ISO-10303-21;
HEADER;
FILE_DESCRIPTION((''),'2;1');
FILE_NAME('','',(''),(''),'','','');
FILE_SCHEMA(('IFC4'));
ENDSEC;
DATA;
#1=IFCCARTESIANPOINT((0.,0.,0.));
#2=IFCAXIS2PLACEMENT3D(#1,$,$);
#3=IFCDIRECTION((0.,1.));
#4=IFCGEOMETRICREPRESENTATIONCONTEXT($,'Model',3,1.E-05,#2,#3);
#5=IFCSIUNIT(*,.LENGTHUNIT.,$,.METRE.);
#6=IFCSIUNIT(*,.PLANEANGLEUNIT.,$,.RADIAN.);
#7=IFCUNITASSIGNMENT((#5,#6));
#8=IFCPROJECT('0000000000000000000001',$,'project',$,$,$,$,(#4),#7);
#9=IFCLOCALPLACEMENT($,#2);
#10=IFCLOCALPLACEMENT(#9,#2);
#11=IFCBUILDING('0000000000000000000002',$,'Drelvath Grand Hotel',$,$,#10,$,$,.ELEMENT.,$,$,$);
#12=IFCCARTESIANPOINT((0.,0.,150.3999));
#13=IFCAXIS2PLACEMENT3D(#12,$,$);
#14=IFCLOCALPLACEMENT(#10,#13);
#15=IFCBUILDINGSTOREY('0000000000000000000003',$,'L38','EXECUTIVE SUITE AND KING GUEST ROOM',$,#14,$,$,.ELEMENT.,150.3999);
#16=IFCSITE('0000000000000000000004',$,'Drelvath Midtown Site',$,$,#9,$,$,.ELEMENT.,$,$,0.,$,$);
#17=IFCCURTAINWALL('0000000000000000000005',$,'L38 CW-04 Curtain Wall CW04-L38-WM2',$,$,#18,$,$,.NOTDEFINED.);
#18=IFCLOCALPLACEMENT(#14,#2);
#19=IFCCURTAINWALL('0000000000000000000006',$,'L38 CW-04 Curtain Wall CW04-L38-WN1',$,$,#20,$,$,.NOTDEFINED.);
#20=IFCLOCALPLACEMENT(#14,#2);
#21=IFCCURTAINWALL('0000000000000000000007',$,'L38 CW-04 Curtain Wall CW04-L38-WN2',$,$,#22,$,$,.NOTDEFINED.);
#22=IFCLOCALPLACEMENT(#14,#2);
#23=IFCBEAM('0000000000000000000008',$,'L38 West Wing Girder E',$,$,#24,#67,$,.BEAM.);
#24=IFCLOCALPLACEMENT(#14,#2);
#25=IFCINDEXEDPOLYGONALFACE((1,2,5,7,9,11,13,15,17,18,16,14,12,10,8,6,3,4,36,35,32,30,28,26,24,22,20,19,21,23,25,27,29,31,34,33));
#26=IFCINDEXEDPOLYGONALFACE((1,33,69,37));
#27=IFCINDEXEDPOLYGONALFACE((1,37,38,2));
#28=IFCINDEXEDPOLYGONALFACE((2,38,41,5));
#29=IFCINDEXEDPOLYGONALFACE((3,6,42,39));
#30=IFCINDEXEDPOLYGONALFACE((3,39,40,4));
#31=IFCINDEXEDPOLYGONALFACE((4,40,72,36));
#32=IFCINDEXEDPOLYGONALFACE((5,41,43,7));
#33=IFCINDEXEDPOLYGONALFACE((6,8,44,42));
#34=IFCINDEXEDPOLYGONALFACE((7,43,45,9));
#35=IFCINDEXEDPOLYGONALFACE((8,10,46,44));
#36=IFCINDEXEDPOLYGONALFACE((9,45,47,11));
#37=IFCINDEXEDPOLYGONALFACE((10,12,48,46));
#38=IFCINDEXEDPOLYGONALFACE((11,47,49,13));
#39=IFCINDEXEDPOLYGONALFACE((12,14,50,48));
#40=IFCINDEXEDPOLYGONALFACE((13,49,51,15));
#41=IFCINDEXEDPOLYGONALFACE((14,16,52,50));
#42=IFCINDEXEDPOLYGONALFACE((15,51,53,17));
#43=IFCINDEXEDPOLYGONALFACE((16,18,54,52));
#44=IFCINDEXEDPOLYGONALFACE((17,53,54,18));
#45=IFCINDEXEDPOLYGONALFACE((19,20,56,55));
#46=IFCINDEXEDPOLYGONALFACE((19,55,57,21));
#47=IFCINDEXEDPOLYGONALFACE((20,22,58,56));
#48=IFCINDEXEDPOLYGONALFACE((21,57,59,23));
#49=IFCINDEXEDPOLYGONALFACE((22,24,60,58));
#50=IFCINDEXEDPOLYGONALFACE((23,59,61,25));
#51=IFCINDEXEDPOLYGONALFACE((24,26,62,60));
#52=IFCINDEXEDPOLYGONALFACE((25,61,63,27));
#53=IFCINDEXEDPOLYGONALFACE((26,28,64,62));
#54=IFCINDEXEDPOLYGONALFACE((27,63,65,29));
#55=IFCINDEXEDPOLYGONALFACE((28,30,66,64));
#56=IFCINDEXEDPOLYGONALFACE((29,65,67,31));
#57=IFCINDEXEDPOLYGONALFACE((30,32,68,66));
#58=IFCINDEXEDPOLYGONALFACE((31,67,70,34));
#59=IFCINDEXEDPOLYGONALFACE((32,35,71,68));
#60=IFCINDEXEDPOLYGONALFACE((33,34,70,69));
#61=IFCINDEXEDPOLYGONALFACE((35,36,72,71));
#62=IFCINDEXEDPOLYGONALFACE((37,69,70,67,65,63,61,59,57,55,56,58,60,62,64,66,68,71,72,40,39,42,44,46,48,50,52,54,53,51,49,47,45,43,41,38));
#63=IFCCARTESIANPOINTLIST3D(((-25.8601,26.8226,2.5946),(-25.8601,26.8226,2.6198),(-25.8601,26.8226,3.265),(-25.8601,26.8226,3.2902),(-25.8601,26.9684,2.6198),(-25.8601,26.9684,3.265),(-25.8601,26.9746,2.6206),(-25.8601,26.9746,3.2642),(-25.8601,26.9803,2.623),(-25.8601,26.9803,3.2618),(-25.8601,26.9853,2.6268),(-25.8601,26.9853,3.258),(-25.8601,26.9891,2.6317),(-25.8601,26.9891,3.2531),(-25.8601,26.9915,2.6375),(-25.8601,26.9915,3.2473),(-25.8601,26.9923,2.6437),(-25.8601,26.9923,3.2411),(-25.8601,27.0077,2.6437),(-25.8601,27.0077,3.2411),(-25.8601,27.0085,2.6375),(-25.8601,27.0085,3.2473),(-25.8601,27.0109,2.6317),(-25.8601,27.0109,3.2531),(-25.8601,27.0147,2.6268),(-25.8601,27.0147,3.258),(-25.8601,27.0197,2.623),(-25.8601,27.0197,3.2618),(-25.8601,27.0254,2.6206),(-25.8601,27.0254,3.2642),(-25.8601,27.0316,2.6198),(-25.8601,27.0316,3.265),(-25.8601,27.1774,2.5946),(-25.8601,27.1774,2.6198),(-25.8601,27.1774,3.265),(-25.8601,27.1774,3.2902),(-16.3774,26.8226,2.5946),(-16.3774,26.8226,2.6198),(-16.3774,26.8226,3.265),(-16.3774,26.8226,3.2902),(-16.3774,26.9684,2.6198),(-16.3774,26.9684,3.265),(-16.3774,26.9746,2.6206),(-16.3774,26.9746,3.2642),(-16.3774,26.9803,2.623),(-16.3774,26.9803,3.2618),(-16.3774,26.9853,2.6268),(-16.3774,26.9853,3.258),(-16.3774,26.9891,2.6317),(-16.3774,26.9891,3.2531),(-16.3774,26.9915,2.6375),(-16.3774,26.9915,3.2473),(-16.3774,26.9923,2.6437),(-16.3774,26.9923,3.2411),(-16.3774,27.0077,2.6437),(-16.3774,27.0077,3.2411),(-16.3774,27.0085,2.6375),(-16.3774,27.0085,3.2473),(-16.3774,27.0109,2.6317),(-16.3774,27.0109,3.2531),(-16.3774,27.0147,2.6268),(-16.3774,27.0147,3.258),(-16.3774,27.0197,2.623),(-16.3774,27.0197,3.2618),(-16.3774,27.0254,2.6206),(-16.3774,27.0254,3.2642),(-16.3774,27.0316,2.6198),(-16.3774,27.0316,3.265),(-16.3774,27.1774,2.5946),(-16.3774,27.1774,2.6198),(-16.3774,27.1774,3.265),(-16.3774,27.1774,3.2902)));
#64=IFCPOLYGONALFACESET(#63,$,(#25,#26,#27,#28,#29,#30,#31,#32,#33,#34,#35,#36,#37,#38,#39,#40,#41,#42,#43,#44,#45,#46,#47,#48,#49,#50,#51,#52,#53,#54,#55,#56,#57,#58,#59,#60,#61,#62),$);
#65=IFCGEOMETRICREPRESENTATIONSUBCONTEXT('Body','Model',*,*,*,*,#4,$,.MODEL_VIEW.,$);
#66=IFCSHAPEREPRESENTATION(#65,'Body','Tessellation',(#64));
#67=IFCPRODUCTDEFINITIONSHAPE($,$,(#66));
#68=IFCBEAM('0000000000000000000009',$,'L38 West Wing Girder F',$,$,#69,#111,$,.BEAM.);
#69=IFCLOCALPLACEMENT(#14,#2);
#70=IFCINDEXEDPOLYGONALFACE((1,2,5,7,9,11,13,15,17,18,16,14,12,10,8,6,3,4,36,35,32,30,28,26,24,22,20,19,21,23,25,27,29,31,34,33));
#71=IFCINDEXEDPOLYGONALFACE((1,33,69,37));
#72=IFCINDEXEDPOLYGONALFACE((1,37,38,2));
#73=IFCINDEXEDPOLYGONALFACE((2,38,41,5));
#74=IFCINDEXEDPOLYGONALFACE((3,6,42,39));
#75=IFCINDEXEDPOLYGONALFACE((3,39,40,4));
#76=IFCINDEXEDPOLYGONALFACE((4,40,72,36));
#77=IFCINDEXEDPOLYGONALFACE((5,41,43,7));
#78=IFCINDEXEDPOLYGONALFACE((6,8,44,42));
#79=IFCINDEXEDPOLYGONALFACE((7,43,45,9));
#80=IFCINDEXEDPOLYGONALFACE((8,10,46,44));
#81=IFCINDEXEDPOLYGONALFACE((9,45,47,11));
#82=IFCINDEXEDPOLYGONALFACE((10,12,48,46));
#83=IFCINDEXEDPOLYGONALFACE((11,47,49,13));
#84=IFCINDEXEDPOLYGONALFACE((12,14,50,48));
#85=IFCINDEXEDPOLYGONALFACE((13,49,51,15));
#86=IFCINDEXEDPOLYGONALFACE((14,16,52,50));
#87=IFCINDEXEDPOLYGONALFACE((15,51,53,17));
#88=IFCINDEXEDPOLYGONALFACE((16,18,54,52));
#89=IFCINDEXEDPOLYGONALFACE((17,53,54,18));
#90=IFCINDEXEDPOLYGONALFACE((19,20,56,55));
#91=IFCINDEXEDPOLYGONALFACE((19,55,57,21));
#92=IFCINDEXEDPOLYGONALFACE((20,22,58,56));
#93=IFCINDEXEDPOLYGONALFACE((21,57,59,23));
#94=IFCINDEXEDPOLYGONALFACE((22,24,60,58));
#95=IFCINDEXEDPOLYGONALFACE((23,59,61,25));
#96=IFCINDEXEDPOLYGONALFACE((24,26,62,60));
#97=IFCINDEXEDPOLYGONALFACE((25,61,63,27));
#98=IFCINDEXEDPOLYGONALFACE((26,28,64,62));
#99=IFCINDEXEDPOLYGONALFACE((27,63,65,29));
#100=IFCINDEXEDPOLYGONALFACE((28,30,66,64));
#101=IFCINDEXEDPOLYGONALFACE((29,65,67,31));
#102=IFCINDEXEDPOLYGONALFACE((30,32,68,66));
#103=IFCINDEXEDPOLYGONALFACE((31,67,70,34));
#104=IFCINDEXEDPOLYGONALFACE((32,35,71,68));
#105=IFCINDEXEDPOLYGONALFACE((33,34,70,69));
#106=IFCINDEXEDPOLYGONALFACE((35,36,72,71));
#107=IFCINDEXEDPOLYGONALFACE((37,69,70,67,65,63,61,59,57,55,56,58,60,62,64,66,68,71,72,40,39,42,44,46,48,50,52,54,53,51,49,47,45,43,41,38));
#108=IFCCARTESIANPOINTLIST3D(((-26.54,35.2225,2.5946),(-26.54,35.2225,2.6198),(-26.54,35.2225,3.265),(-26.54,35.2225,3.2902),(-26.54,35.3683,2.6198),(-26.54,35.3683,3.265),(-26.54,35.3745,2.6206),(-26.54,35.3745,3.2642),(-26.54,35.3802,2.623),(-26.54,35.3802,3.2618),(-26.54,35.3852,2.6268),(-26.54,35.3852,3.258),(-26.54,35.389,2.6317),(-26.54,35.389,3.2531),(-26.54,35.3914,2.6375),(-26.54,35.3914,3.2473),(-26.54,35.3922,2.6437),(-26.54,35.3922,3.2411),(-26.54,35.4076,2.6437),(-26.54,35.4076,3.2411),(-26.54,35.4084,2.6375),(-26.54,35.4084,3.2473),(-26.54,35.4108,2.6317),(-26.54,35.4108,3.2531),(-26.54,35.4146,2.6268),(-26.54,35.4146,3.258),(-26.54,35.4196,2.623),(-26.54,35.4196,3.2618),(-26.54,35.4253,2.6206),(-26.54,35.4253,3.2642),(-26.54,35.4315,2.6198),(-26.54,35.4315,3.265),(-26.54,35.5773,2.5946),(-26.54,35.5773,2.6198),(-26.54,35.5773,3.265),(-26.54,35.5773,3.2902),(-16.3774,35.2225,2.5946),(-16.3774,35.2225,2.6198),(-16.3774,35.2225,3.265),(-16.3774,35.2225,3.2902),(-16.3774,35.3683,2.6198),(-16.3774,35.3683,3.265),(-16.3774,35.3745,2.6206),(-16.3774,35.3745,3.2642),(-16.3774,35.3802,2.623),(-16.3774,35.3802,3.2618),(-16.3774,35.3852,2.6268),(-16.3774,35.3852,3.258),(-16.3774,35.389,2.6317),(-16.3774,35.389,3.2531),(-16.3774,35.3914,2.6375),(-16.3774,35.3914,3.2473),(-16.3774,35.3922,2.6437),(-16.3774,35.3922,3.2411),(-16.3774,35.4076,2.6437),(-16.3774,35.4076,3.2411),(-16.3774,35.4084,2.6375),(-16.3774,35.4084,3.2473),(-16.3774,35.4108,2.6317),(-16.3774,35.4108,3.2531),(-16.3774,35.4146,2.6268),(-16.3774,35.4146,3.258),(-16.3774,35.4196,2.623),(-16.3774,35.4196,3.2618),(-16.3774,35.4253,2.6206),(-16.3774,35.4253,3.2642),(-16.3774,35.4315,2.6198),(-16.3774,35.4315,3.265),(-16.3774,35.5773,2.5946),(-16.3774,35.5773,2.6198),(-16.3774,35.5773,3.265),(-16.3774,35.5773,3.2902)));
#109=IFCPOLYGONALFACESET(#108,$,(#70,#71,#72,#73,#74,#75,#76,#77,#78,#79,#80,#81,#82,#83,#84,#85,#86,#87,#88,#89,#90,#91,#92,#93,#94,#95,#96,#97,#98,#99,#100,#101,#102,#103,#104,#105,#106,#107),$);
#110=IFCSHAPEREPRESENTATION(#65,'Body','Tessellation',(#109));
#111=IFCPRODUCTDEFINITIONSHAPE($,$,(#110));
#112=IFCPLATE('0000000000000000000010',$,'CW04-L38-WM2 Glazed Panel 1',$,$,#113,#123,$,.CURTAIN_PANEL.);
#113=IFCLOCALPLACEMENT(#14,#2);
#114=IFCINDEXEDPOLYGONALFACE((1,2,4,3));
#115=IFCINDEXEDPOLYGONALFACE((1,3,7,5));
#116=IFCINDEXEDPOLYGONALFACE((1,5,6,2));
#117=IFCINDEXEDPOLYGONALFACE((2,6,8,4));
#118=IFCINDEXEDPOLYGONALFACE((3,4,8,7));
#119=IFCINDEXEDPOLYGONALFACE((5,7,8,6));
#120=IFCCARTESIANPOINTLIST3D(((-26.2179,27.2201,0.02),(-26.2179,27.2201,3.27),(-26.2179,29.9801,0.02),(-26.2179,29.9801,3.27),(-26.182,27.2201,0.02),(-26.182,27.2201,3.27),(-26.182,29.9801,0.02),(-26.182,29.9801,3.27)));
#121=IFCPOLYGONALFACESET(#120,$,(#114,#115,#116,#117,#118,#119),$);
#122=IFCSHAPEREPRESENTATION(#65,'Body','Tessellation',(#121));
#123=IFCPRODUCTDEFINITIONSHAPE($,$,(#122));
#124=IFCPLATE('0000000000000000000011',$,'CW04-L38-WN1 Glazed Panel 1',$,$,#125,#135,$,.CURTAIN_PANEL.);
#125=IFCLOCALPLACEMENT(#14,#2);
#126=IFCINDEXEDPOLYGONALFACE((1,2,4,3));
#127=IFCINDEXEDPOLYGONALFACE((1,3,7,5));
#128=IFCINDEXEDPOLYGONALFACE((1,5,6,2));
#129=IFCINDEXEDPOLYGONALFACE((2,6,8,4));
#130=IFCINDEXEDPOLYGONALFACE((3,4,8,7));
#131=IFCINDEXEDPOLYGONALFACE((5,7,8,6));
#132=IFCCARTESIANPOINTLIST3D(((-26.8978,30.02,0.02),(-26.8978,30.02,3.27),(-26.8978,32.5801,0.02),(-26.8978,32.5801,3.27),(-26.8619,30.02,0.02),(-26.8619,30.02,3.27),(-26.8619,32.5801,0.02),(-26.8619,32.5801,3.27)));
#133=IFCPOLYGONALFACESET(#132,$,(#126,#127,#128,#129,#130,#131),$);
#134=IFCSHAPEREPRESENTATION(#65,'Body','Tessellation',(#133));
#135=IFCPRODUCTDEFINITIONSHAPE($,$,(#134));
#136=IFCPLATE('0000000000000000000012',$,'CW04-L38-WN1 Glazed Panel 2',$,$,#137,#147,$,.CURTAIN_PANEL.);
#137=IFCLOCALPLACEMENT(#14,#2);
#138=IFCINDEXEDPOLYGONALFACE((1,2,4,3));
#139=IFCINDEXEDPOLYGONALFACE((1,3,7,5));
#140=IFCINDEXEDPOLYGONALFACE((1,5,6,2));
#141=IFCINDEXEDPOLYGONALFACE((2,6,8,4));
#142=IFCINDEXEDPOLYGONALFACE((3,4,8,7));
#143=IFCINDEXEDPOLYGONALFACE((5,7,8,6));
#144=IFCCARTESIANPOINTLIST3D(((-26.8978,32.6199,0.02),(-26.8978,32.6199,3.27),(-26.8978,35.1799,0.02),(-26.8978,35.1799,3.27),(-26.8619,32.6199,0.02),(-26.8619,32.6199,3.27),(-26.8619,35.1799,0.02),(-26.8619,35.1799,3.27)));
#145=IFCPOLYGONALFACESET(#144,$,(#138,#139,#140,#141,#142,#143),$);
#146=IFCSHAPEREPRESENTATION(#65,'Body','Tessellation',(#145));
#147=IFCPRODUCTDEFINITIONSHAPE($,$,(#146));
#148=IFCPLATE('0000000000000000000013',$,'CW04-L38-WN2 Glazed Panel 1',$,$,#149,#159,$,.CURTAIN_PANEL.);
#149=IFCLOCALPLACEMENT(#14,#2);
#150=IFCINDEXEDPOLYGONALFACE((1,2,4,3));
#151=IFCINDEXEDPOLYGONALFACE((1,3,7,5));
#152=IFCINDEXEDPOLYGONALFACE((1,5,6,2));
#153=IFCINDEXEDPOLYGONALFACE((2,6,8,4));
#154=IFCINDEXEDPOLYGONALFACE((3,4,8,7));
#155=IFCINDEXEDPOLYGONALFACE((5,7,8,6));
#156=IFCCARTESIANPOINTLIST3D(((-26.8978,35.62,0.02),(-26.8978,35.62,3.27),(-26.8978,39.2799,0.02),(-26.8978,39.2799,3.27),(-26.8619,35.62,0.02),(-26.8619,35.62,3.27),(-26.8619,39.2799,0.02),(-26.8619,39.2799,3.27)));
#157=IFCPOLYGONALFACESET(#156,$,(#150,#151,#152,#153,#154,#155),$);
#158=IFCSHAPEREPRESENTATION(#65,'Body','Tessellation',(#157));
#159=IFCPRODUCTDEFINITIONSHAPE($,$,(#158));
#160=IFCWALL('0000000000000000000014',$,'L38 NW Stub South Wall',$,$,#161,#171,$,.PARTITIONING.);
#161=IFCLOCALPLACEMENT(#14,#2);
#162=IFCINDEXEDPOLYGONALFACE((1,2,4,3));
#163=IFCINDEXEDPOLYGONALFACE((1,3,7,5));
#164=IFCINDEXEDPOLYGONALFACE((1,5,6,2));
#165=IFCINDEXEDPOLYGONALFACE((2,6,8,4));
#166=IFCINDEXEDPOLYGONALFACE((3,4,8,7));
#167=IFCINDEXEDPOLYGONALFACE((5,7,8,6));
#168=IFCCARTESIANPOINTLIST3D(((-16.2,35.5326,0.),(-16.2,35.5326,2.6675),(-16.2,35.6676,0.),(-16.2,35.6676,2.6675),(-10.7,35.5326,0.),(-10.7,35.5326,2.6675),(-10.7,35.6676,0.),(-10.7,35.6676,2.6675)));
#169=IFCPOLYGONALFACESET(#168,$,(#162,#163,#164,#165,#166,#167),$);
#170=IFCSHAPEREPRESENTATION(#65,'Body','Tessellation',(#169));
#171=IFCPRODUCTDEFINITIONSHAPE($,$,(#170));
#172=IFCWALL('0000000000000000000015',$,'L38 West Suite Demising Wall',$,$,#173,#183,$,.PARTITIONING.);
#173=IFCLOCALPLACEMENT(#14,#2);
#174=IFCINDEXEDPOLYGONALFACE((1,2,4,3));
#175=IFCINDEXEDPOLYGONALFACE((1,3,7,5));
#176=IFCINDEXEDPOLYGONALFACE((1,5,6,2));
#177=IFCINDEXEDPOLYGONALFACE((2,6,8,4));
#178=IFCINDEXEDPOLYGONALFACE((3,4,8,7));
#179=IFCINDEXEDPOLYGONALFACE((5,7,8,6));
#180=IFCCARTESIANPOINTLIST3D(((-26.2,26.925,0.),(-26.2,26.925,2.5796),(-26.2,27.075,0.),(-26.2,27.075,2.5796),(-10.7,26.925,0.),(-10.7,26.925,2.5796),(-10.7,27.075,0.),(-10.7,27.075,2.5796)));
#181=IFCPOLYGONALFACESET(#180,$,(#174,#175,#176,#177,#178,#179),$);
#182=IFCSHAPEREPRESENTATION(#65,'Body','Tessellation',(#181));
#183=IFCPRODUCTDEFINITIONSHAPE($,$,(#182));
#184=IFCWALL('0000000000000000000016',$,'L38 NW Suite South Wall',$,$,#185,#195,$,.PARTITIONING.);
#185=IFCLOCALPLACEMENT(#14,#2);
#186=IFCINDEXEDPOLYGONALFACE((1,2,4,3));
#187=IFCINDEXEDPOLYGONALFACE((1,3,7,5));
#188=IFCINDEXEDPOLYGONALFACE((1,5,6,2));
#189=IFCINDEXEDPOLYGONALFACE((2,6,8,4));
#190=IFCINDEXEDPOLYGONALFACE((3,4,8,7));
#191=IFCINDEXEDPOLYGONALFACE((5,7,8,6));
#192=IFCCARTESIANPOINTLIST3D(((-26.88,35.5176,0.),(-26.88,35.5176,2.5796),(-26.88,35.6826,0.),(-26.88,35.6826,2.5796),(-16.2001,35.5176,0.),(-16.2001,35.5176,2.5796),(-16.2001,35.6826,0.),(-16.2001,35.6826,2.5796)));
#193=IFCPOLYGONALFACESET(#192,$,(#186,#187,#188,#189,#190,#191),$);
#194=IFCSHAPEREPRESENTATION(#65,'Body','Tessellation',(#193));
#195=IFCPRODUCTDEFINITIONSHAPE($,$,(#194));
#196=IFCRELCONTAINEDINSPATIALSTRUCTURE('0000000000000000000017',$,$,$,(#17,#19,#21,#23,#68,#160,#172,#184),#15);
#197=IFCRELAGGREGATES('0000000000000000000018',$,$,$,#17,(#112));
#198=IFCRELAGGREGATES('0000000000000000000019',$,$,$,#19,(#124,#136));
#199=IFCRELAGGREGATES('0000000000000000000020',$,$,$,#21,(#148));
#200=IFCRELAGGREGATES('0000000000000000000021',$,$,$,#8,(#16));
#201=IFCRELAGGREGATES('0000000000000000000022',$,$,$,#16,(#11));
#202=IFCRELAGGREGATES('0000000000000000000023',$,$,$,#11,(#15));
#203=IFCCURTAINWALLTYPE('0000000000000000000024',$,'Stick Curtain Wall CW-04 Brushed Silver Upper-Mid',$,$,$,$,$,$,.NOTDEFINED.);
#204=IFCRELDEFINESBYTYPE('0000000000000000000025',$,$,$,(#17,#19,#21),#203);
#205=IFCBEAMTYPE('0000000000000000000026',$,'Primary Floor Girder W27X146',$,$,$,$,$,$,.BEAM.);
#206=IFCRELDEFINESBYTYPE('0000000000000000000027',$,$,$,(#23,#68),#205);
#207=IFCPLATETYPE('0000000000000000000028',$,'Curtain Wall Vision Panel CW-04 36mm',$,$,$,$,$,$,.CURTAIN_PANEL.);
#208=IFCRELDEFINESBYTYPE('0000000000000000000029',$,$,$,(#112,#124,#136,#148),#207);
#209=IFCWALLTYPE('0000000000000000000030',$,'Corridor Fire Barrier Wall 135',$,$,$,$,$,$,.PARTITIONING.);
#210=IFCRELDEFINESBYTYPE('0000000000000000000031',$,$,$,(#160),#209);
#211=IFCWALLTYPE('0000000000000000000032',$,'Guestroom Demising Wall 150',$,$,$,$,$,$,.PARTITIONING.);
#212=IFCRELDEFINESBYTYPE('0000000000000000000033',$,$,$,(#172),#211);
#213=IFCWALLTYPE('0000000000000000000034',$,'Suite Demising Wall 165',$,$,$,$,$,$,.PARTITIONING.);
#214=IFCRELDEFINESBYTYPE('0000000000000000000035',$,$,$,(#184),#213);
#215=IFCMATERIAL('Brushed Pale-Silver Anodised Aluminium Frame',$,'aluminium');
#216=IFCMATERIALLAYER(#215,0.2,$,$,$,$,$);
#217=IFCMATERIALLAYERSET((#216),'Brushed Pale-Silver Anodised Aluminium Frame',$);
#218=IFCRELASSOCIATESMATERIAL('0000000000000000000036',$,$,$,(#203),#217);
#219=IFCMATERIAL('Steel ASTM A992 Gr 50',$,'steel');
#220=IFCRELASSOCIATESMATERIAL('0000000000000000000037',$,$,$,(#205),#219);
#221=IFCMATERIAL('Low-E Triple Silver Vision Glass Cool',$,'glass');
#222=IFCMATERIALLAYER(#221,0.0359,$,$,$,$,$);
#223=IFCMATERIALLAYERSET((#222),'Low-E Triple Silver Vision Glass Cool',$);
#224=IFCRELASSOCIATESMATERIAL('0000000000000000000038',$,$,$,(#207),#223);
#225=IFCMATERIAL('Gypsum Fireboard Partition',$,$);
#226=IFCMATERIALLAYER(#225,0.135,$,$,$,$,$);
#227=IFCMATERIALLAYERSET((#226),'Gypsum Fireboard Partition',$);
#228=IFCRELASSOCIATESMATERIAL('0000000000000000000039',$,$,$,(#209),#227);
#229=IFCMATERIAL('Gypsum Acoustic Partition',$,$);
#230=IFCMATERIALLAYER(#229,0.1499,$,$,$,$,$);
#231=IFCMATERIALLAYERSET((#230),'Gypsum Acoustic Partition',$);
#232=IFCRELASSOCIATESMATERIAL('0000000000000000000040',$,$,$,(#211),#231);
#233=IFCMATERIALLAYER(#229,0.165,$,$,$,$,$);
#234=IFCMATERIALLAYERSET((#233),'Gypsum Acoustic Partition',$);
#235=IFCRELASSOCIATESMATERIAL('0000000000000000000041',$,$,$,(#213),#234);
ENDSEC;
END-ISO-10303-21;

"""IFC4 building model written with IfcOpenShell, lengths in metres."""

from ifc_helpers import new_model, si_unit, direction, frame, frame_2d, origin, origin_2d, place, context, subcontext, project, spatial, rectangle, i_section, extrude, material, layer, layer_set, material_profile, profile_set, type_object, element, aggregate, save


model = new_model("IFC4")

# Units and contexts
model_context = context("Model", 3, precision=1e-05, world=origin(), true_north=direction((0.0, 1.0)))
body_context = subcontext(model_context, "Body", "Model", "MODEL_VIEW")
ifc_project = project(units=[si_unit("LENGTHUNIT", "METRE"), si_unit("PLANEANGLEUNIT", "RADIAN")], contexts=[model_context])

# Site, building, storey
site_placement = place(None, origin())
site = spatial("IfcSite", under=ifc_project, at=site_placement, Name="Drelvath Midtown Site", CompositionType="ELEMENT", RefElevation=0.0)
building_placement = place(site_placement, origin())
building = spatial("IfcBuilding", under=site, at=building_placement, Name="Drelvath Grand Hotel", CompositionType="ELEMENT")
storey_placement = place(building_placement, frame((0.0, 0.0, 150.3999)))
storey = spatial("IfcBuildingStorey", under=building, at=storey_placement, Name="L38", Description="EXECUTIVE SUITE AND KING GUEST ROOM", CompositionType="ELEMENT", Elevation=150.3999)

# Curtain walls
ifc_material_1 = material(Name="Brushed Pale-Silver Anodised Aluminium Frame", Category="aluminium")
ifc_layer_1 = layer(ifc_material_1, 0.2)
ifc_layer_set_1 = layer_set([ifc_layer_1], Name="Brushed Pale-Silver Anodised Aluminium Frame")
curtain_wall_type = type_object("IfcCurtainWallType", Name="Stick Curtain Wall CW-04 Brushed Silver Upper-Mid", PredefinedType="NOTDEFINED", material=ifc_layer_set_1)
curtain_wall_1_placement = place(storey_placement, origin())
curtain_wall_1 = element("IfcCurtainWall", 1, at=curtain_wall_1_placement, inside=storey, type_object=curtain_wall_type, Name="L38 CW-04 Curtain Wall CW04-L38-WM2", PredefinedType="NOTDEFINED")
curtain_wall_2_placement = place(storey_placement, origin())
curtain_wall_2 = element("IfcCurtainWall", 2, at=curtain_wall_2_placement, inside=storey, type_object=curtain_wall_type, Name="L38 CW-04 Curtain Wall CW04-L38-WN1", PredefinedType="NOTDEFINED")
curtain_wall_3_placement = place(storey_placement, origin())
curtain_wall_3 = element("IfcCurtainWall", 3, at=curtain_wall_3_placement, inside=storey, type_object=curtain_wall_type, Name="L38 CW-04 Curtain Wall CW04-L38-WN2", PredefinedType="NOTDEFINED")

# Beams
ifc_material_2 = material(Name="Steel ASTM A992 Gr 50", Category="steel")
ifc_material_profile_1 = material_profile(ifc_material_2, i_section(OverallWidth=0.3547, OverallDepth=0.6956, WebThickness=0.0154, FlangeThickness=0.0251, FilletRadius=0.0239, at=origin_2d()), Name="W27X146")
ifc_profile_set_1 = profile_set([ifc_material_profile_1], Name="Steel ASTM A992 Gr 50")
beam_type_1 = type_object("IfcBeamType", Name="Primary Floor Girder W27X146", PredefinedType="BEAM", material=ifc_profile_set_1)
beam_1_placement = place(storey_placement, frame((-25.8601, 27.0, 2.9424), z_axis=(1.0, 0.0, 0.0), x_axis=(0.0, 1.0, 0.0)))
element("IfcBeam", 4, at=beam_1_placement, inside=storey, type_object=beam_type_1, Name="L38 West Wing Girder E", PredefinedType="BEAM", context=body_context, shape_type="SweptSolid", body=[
    extrude(i_section(OverallWidth=0.3547, OverallDepth=0.6956, WebThickness=0.0154, FlangeThickness=0.0251, FilletRadius=0.0239, at=origin_2d()), origin(), (0.0, 0.0, 1.0), 9.4827),
])
beam_2_placement = place(storey_placement, frame((-26.54, 35.3999, 2.9424), z_axis=(1.0, 0.0, 0.0), x_axis=(0.0, 1.0, 0.0)))
element("IfcBeam", 5, at=beam_2_placement, inside=storey, type_object=beam_type_1, Name="L38 West Wing Girder F", PredefinedType="BEAM", context=body_context, shape_type="SweptSolid", body=[
    extrude(i_section(OverallWidth=0.3547, OverallDepth=0.6956, WebThickness=0.0154, FlangeThickness=0.0251, FilletRadius=0.0239, at=origin_2d()), origin(), (0.0, 0.0, 1.0), 10.1626),
])

# Plates
ifc_material_3 = material(Name="Low-E Triple Silver Vision Glass Cool", Category="glass")
ifc_layer_2 = layer(ifc_material_3, 0.0359)
ifc_layer_set_2 = layer_set([ifc_layer_2], Name="Low-E Triple Silver Vision Glass Cool")
plate_type = type_object("IfcPlateType", Name="Curtain Wall Vision Panel CW-04 36mm", PredefinedType="CURTAIN_PANEL", material=ifc_layer_set_2)
plate_1_placement = place(storey_placement, frame((-26.2, 28.6001, 0.02), z_axis=(0.0, 0.0, 1.0), x_axis=(0.0, 1.0, 0.0)))
plate_1 = element("IfcPlate", 6, at=plate_1_placement, type_object=plate_type, Name="CW04-L38-WM2 Glazed Panel 1", PredefinedType="CURTAIN_PANEL", context=body_context, shape_type="SweptSolid", body=[
    extrude(rectangle(XDim=2.76, YDim=0.0359, at=origin_2d()), origin(), (0.0, 0.0, 1.0), 3.25),
])
aggregate(curtain_wall_1, [plate_1])
plate_2_placement = place(storey_placement, frame((-26.8799, 31.3, 0.02), z_axis=(0.0, 0.0, 1.0), x_axis=(0.0, 1.0, 0.0)))
plate_2 = element("IfcPlate", 7, at=plate_2_placement, type_object=plate_type, Name="CW04-L38-WN1 Glazed Panel 1", PredefinedType="CURTAIN_PANEL", context=body_context, shape_type="SweptSolid", body=[
    extrude(rectangle(XDim=2.5601, YDim=0.0359, at=origin_2d()), origin(), (0.0, 0.0, 1.0), 3.25),
])
plate_3_placement = place(storey_placement, frame((-26.8799, 33.8999, 0.02), z_axis=(0.0, 0.0, 1.0), x_axis=(0.0, 1.0, 0.0)))
plate_3 = element("IfcPlate", 8, at=plate_3_placement, type_object=plate_type, Name="CW04-L38-WN1 Glazed Panel 2", PredefinedType="CURTAIN_PANEL", context=body_context, shape_type="SweptSolid", body=[
    extrude(rectangle(XDim=2.5601, YDim=0.0359, at=origin_2d()), origin(), (0.0, 0.0, 1.0), 3.25),
])
aggregate(curtain_wall_2, [plate_2, plate_3])
plate_4_placement = place(storey_placement, frame((-26.8799, 37.45, 0.02), z_axis=(0.0, 0.0, 1.0), x_axis=(0.0, 1.0, 0.0)))
plate_4 = element("IfcPlate", 9, at=plate_4_placement, type_object=plate_type, Name="CW04-L38-WN2 Glazed Panel 1", PredefinedType="CURTAIN_PANEL", context=body_context, shape_type="SweptSolid", body=[
    extrude(rectangle(XDim=3.6599, YDim=0.0359, at=origin_2d()), origin(), (0.0, 0.0, 1.0), 3.25),
])
aggregate(curtain_wall_3, [plate_4])

# Wall
ifc_material_4 = material(Name="Gypsum Fireboard Partition")
ifc_layer_3 = layer(ifc_material_4, 0.135)
ifc_layer_set_3 = layer_set([ifc_layer_3], Name="Gypsum Fireboard Partition")
wall_type_1 = type_object("IfcWallType", Name="Corridor Fire Barrier Wall 135", PredefinedType="PARTITIONING", material=ifc_layer_set_3)
wall_1_placement = place(storey_placement, frame((-16.2, 35.6001, 0.0), z_axis=(0.0, 0.0, 1.0), x_axis=(1.0, 0.0, 0.0)))
element("IfcWall", 10, at=wall_1_placement, inside=storey, type_object=wall_type_1, Name="L38 NW Stub South Wall", PredefinedType="PARTITIONING", context=body_context, shape_type="SweptSolid", body=[
    extrude(rectangle(XDim=5.5, YDim=0.135, at=frame_2d((2.75, 0.0))), origin(), (0.0, 0.0, 1.0), 2.6675),
])

# Walls
ifc_material_5 = material(Name="Gypsum Acoustic Partition")
ifc_layer_4 = layer(ifc_material_5, 0.1499)
ifc_layer_set_4 = layer_set([ifc_layer_4], Name="Gypsum Acoustic Partition")
wall_type_2 = type_object("IfcWallType", Name="Guestroom Demising Wall 150", PredefinedType="PARTITIONING", material=ifc_layer_set_4)
wall_2_placement = place(storey_placement, frame((-26.2, 27.0, 0.0), z_axis=(0.0, 0.0, 1.0), x_axis=(1.0, 0.0, 0.0)))
element("IfcWall", 11, at=wall_2_placement, inside=storey, type_object=wall_type_2, Name="L38 West Suite Demising Wall", PredefinedType="PARTITIONING", context=body_context, shape_type="SweptSolid", body=[
    extrude(rectangle(XDim=15.5, YDim=0.1499, at=frame_2d((7.75, 0.0))), origin(), (0.0, 0.0, 1.0), 2.5796),
])
ifc_layer_5 = layer(ifc_material_5, 0.165)
ifc_layer_set_5 = layer_set([ifc_layer_5], Name="Gypsum Acoustic Partition")
wall_type_3 = type_object("IfcWallType", Name="Suite Demising Wall 165", PredefinedType="PARTITIONING", material=ifc_layer_set_5)
wall_3_placement = place(storey_placement, frame((-26.8799, 35.6001, 0.0), z_axis=(0.0, 0.0, 1.0), x_axis=(1.0, 0.0, 0.0)))
element("IfcWall", 12, at=wall_3_placement, inside=storey, type_object=wall_type_3, Name="L38 NW Suite South Wall", PredefinedType="PARTITIONING", context=body_context, shape_type="SweptSolid", body=[
    extrude(rectangle(XDim=10.6799, YDim=0.165, at=frame_2d((5.3398, 0.0))), origin(), (0.0, 0.0, 1.0), 2.5796),
])

save(model, "model.ifc")
